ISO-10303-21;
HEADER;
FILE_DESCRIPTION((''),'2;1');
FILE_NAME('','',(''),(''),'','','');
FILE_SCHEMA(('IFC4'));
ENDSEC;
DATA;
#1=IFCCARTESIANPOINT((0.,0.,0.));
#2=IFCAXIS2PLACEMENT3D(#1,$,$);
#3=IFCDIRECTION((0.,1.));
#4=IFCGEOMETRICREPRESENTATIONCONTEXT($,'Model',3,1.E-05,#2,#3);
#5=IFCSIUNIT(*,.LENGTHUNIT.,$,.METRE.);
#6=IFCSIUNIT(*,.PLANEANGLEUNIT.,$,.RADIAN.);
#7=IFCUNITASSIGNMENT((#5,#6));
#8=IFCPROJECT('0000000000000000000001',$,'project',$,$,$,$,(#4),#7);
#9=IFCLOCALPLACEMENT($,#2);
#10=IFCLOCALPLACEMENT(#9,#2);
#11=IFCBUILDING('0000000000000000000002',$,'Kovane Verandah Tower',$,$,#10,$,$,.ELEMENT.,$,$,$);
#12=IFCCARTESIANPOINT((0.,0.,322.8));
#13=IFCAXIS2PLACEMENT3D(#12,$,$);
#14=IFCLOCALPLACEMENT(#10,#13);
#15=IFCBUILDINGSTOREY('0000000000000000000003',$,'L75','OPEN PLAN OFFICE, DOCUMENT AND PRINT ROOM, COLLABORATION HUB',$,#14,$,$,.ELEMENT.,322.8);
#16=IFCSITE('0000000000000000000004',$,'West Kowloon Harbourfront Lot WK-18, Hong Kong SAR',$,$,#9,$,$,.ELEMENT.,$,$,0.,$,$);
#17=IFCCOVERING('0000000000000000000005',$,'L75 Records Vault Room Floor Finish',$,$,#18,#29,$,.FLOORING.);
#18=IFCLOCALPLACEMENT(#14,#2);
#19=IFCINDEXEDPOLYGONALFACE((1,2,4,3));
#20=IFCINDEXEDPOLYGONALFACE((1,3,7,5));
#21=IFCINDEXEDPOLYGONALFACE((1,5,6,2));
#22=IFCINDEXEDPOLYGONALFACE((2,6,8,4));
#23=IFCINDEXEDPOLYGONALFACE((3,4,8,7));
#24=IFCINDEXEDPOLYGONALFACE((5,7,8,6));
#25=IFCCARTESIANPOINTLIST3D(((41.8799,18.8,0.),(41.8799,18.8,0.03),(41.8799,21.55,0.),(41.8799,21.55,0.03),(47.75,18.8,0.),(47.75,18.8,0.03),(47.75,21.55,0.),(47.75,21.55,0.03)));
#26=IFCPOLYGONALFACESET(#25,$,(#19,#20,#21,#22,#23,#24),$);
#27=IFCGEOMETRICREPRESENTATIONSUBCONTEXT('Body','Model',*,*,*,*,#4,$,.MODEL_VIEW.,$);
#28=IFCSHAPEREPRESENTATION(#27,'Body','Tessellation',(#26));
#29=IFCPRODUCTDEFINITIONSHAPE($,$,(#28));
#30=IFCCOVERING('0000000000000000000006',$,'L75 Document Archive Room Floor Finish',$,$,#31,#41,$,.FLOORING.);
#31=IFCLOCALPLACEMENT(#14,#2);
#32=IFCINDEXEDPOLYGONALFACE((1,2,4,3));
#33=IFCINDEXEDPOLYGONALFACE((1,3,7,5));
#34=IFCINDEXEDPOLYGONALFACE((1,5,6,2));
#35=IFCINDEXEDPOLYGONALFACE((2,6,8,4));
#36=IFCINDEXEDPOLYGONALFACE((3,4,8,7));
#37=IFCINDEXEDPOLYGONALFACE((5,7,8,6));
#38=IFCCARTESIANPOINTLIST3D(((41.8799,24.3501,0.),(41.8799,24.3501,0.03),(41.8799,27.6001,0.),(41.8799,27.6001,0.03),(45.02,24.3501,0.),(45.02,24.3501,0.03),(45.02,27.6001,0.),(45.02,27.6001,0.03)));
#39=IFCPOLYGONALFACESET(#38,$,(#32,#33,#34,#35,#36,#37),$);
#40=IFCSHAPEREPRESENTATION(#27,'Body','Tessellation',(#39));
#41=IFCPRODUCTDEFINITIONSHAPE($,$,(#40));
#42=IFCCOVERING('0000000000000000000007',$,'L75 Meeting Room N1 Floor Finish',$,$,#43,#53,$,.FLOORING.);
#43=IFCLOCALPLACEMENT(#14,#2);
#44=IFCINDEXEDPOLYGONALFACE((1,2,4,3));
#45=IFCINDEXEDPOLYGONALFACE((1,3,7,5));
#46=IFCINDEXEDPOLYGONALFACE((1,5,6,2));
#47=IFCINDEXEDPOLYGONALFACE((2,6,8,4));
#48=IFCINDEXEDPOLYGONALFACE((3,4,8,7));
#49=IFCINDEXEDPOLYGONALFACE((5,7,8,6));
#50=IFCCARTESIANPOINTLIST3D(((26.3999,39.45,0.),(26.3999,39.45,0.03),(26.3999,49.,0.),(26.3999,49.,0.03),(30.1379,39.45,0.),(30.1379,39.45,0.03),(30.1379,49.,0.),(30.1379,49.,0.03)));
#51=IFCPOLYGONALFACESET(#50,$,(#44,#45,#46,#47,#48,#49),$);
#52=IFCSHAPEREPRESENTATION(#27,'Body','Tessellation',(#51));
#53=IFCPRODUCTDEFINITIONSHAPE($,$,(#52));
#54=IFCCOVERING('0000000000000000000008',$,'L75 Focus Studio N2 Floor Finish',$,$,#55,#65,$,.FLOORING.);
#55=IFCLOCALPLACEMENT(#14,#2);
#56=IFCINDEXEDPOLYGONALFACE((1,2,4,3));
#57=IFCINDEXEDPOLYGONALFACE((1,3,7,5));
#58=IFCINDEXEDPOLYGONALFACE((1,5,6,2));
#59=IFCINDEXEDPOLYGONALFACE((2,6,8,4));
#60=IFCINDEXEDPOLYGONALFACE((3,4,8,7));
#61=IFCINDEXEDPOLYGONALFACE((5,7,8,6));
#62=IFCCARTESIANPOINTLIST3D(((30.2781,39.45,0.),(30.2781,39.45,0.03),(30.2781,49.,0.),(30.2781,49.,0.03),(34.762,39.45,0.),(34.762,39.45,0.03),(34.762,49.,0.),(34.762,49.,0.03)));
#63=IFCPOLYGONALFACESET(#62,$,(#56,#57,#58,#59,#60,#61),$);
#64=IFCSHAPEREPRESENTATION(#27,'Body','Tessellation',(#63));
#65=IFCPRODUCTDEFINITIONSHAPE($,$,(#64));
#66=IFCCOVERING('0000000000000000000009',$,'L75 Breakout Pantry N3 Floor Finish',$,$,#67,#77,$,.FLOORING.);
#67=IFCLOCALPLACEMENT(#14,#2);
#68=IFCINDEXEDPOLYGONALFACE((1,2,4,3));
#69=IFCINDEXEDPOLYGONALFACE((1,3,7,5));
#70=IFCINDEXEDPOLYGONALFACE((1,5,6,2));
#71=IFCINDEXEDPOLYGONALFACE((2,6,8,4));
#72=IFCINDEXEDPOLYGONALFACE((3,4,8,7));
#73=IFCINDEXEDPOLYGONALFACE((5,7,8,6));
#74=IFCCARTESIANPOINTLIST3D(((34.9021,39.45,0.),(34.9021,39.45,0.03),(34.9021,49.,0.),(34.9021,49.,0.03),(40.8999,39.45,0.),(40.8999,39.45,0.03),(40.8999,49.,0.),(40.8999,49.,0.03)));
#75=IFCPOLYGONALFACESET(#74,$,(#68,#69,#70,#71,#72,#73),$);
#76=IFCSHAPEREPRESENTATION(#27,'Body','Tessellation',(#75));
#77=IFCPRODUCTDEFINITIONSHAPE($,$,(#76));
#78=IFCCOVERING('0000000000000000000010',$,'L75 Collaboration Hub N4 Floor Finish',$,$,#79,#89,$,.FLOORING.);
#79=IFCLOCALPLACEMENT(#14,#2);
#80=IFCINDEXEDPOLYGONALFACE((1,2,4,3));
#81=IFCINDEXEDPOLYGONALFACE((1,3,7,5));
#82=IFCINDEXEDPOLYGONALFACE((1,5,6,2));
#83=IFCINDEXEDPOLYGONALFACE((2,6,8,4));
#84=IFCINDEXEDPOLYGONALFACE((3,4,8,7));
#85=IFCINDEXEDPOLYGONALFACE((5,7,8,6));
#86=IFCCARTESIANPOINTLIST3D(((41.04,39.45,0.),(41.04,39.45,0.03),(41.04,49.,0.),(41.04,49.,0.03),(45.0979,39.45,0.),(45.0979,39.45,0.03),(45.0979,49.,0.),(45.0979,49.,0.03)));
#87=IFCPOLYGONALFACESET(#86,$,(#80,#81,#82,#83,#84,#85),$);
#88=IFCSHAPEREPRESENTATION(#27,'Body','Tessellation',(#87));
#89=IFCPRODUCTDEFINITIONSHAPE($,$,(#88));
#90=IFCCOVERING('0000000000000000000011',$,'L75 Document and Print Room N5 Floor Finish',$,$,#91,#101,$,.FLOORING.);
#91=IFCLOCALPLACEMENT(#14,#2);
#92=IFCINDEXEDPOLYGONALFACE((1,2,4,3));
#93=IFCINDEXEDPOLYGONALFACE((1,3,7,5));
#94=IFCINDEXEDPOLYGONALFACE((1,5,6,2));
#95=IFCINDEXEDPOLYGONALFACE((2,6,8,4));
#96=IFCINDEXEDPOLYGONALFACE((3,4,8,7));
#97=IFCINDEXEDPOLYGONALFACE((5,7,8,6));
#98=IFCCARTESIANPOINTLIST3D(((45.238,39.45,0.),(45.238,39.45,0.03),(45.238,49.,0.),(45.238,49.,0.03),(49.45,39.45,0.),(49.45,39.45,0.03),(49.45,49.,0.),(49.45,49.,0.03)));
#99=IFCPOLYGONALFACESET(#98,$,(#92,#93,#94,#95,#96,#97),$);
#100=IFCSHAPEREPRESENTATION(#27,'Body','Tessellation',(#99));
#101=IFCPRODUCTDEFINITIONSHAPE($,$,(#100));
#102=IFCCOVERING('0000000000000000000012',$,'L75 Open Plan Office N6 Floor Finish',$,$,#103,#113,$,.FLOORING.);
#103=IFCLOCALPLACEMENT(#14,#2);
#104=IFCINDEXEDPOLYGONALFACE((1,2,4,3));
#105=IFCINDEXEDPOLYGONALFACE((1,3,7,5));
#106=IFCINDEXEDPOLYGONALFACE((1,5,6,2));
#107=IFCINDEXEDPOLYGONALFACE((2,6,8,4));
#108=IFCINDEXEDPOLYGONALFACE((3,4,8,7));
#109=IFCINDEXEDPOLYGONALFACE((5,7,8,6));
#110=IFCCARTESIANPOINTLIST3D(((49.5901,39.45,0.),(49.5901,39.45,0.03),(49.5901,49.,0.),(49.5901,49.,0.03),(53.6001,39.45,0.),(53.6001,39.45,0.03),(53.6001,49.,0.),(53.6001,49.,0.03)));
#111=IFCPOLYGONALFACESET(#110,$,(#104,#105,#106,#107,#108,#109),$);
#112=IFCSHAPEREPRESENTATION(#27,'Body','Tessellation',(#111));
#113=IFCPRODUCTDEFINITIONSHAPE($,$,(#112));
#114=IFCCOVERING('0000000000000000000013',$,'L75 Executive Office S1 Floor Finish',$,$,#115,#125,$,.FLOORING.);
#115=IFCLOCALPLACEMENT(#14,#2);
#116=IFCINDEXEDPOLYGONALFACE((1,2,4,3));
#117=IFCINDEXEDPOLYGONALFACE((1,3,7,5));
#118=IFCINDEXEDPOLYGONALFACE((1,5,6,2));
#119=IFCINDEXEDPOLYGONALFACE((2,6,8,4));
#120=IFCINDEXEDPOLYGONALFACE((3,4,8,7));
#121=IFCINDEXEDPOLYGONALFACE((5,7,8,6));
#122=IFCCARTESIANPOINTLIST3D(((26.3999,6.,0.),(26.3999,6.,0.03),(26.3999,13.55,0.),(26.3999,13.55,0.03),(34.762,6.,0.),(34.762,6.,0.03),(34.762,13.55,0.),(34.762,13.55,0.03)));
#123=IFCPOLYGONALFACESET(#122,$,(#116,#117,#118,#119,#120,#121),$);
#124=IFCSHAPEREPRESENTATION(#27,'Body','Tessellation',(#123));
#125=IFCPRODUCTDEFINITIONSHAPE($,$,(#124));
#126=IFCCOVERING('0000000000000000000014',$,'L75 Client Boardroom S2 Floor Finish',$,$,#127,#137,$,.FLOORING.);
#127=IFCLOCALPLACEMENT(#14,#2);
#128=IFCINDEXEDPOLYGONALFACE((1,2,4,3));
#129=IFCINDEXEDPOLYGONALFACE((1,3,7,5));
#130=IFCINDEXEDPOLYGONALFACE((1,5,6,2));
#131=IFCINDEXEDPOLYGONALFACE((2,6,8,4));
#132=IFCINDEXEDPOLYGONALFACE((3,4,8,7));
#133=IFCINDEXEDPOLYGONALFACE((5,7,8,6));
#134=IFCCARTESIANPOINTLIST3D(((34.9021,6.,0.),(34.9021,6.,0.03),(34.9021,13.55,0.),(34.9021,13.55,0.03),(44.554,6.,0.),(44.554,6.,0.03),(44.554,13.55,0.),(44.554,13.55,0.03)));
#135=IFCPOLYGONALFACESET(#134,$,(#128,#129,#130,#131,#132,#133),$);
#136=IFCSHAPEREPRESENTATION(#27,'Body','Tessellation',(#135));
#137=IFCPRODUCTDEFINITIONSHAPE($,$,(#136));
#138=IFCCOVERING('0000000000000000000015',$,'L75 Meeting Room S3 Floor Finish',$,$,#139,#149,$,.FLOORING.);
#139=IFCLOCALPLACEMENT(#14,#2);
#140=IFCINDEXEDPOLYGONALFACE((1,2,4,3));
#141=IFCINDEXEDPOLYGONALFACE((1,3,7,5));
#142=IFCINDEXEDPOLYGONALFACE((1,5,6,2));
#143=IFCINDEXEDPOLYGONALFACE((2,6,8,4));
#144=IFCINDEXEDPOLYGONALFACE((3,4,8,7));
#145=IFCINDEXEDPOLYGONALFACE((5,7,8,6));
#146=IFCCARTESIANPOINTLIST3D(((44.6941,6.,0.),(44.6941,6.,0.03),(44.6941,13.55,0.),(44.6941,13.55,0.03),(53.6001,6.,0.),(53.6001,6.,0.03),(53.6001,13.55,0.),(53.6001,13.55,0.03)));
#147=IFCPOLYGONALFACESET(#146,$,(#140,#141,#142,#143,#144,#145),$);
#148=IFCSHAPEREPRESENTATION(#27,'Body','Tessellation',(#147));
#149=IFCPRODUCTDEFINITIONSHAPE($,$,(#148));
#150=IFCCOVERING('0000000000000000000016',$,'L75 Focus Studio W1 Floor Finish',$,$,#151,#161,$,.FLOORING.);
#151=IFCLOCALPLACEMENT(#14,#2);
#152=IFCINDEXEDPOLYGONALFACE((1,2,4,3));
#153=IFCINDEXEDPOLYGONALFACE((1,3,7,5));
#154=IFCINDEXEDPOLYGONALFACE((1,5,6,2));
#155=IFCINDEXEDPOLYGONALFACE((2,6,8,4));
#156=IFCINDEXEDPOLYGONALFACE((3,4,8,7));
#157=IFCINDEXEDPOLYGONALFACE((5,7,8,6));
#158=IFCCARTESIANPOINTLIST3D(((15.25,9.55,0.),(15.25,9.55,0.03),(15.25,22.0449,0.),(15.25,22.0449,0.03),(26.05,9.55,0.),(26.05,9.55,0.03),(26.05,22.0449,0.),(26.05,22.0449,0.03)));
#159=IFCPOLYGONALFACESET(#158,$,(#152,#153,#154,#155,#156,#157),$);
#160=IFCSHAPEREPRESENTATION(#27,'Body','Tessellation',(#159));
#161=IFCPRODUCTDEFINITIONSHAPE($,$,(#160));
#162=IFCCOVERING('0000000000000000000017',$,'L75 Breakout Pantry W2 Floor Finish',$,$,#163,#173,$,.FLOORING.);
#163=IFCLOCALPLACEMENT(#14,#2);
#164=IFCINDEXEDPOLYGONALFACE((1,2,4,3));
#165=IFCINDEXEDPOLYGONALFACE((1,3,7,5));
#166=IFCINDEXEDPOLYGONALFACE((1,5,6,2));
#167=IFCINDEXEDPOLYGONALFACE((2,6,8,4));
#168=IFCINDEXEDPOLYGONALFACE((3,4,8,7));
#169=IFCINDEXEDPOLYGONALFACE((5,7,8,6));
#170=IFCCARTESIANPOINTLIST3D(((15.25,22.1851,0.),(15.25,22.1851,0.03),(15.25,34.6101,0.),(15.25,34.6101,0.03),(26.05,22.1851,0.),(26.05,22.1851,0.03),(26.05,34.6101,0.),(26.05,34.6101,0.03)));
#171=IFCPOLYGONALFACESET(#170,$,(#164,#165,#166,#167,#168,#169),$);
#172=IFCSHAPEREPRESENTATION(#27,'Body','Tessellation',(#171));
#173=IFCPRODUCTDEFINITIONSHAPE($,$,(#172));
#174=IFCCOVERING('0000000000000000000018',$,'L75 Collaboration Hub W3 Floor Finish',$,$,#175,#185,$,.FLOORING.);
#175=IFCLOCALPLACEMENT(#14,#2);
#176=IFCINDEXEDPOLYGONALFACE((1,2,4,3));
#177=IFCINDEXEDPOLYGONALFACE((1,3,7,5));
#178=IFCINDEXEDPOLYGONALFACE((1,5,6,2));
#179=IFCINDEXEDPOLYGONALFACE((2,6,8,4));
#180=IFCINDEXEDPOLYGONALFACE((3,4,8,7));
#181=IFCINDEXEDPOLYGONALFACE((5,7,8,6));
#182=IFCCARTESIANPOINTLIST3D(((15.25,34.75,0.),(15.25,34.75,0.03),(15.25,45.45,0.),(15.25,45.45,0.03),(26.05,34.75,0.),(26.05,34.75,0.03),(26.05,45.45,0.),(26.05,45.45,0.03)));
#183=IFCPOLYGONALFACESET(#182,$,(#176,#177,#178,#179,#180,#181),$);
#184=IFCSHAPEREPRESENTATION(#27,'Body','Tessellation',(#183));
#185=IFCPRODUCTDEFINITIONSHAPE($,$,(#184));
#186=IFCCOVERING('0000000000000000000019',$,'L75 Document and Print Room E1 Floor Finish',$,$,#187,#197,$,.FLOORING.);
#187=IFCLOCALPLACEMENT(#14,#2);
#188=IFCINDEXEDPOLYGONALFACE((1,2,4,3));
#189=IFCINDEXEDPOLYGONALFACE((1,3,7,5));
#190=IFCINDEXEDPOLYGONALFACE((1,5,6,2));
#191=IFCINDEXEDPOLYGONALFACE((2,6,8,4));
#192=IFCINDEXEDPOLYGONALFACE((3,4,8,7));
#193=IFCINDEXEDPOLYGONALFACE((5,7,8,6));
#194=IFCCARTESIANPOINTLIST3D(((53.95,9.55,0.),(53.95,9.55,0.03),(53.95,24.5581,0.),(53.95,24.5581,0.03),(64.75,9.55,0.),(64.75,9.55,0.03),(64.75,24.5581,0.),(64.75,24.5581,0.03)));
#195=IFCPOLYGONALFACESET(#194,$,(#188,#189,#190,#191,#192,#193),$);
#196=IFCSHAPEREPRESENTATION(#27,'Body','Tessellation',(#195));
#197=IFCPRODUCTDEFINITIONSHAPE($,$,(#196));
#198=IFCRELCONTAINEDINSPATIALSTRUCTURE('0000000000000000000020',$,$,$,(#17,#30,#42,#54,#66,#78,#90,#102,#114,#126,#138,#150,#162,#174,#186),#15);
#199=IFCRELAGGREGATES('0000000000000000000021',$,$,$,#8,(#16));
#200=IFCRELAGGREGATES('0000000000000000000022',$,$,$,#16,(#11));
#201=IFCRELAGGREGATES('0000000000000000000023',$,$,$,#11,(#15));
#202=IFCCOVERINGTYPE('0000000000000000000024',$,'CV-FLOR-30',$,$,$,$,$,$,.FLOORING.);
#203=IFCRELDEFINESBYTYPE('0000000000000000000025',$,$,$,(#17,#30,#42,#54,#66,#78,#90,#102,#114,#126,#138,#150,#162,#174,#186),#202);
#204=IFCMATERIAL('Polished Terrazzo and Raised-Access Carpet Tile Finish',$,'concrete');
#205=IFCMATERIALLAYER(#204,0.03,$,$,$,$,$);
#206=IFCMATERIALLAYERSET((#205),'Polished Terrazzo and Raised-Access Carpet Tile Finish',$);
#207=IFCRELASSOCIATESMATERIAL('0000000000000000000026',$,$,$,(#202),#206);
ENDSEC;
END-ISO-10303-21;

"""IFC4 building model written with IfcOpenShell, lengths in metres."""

from ifc_helpers import new_model, si_unit, direction, frame, origin, place, context, subcontext, project, spatial, polyline, outline, extrude, material, layer, layer_set, type_object, element, save


model = new_model("IFC4")

# Units and contexts
model_context = context("Model", 3, precision=1e-05, world=origin(), true_north=direction((0.0, 1.0)))
body_context = subcontext(model_context, "Body", "Model", "MODEL_VIEW")
ifc_project = project(units=[si_unit("LENGTHUNIT", "METRE"), si_unit("PLANEANGLEUNIT", "RADIAN")], contexts=[model_context])

# Site, building, storey
site_placement = place(None, origin())
site = spatial("IfcSite", under=ifc_project, at=site_placement, Name="West Kowloon Harbourfront Lot WK-18, Hong Kong SAR", CompositionType="ELEMENT", RefElevation=0.0)
building_placement = place(site_placement, origin())
building = spatial("IfcBuilding", under=site, at=building_placement, Name="Kovane Verandah Tower", CompositionType="ELEMENT")
storey_placement = place(building_placement, frame((0.0, 0.0, 322.8)))
storey = spatial("IfcBuildingStorey", under=building, at=storey_placement, Name="L75", Description="OPEN PLAN OFFICE, DOCUMENT AND PRINT ROOM, COLLABORATION HUB", CompositionType="ELEMENT", Elevation=322.8)

# Coverings
ifc_material_1 = material(Name="Polished Terrazzo and Raised-Access Carpet Tile Finish", Category="concrete")
ifc_layer_1 = layer(ifc_material_1, 0.03)
ifc_layer_set_1 = layer_set([ifc_layer_1], Name="Polished Terrazzo and Raised-Access Carpet Tile Finish")
covering_type_1 = type_object("IfcCoveringType", Name="CV-FLOR-30", PredefinedType="FLOORING", material=ifc_layer_set_1)
covering_1_placement = place(storey_placement, origin())
element("IfcCovering", 1, at=covering_1_placement, inside=storey, type_object=covering_type_1, Name="L75 Records Vault Room Floor Finish", PredefinedType="FLOORING", context=body_context, shape_type="SweptSolid", body=[
    extrude(outline(polyline([(41.8799, 18.8), (47.75, 18.8), (47.75, 21.55), (41.8799, 21.55), (41.8799, 18.8)])), origin(), (0.0, 0.0, 1.0), 0.03),
])
covering_2_placement = place(storey_placement, origin())
element("IfcCovering", 2, at=covering_2_placement, inside=storey, type_object=covering_type_1, Name="L75 Document Archive Room Floor Finish", PredefinedType="FLOORING", context=body_context, shape_type="SweptSolid", body=[
    extrude(outline(polyline([(41.8799, 24.3501), (45.02, 24.3501), (45.02, 27.6001), (41.8799, 27.6001), (41.8799, 24.3501)])), origin(), (0.0, 0.0, 1.0), 0.03),
])
covering_3_placement = place(storey_placement, origin())
element("IfcCovering", 3, at=covering_3_placement, inside=storey, type_object=covering_type_1, Name="L75 Meeting Room N1 Floor Finish", PredefinedType="FLOORING", context=body_context, shape_type="SweptSolid", body=[
    extrude(outline(polyline([(26.3999, 39.45), (30.1379, 39.45), (30.1379, 49.0), (26.3999, 49.0), (26.3999, 39.45)])), origin(), (0.0, 0.0, 1.0), 0.03),
])
covering_4_placement = place(storey_placement, origin())
element("IfcCovering", 4, at=covering_4_placement, inside=storey, type_object=covering_type_1, Name="L75 Focus Studio N2 Floor Finish", PredefinedType="FLOORING", context=body_context, shape_type="SweptSolid", body=[
    extrude(outline(polyline([(30.2781, 39.45), (34.762, 39.45), (34.762, 49.0), (30.2781, 49.0), (30.2781, 39.45)])), origin(), (0.0, 0.0, 1.0), 0.03),
])
covering_5_placement = place(storey_placement, origin())
element("IfcCovering", 5, at=covering_5_placement, inside=storey, type_object=covering_type_1, Name="L75 Breakout Pantry N3 Floor Finish", PredefinedType="FLOORING", context=body_context, shape_type="SweptSolid", body=[
    extrude(outline(polyline([(34.9021, 39.45), (40.8999, 39.45), (40.8999, 49.0), (34.9021, 49.0), (34.9021, 39.45)])), origin(), (0.0, 0.0, 1.0), 0.03),
])
covering_6_placement = place(storey_placement, origin())
element("IfcCovering", 6, at=covering_6_placement, inside=storey, type_object=covering_type_1, Name="L75 Collaboration Hub N4 Floor Finish", PredefinedType="FLOORING", context=body_context, shape_type="SweptSolid", body=[
    extrude(outline(polyline([(41.04, 39.45), (45.0979, 39.45), (45.0979, 49.0), (41.04, 49.0), (41.04, 39.45)])), origin(), (0.0, 0.0, 1.0), 0.03),
])
covering_7_placement = place(storey_placement, origin())
element("IfcCovering", 7, at=covering_7_placement, inside=storey, type_object=covering_type_1, Name="L75 Document and Print Room N5 Floor Finish", PredefinedType="FLOORING", context=body_context, shape_type="SweptSolid", body=[
    extrude(outline(polyline([(45.238, 39.45), (49.45, 39.45), (49.45, 49.0), (45.238, 49.0), (45.238, 39.45)])), origin(), (0.0, 0.0, 1.0), 0.03),
])
covering_8_placement = place(storey_placement, origin())
element("IfcCovering", 8, at=covering_8_placement, inside=storey, type_object=covering_type_1, Name="L75 Open Plan Office N6 Floor Finish", PredefinedType="FLOORING", context=body_context, shape_type="SweptSolid", body=[
    extrude(outline(polyline([(49.5901, 39.45), (53.6001, 39.45), (53.6001, 49.0), (49.5901, 49.0), (49.5901, 39.45)])), origin(), (0.0, 0.0, 1.0), 0.03),
])
covering_9_placement = place(storey_placement, origin())
element("IfcCovering", 9, at=covering_9_placement, inside=storey, type_object=covering_type_1, Name="L75 Executive Office S1 Floor Finish", PredefinedType="FLOORING", context=body_context, shape_type="SweptSolid", body=[
    extrude(outline(polyline([(26.3999, 6.0), (34.762, 6.0), (34.762, 13.55), (26.3999, 13.55), (26.3999, 6.0)])), origin(), (0.0, 0.0, 1.0), 0.03),
])
covering_10_placement = place(storey_placement, origin())
element("IfcCovering", 10, at=covering_10_placement, inside=storey, type_object=covering_type_1, Name="L75 Client Boardroom S2 Floor Finish", PredefinedType="FLOORING", context=body_context, shape_type="SweptSolid", body=[
    extrude(outline(polyline([(34.9021, 6.0), (44.554, 6.0), (44.554, 13.55), (34.9021, 13.55), (34.9021, 6.0)])), origin(), (0.0, 0.0, 1.0), 0.03),
])
covering_11_placement = place(storey_placement, origin())
element("IfcCovering", 11, at=covering_11_placement, inside=storey, type_object=covering_type_1, Name="L75 Meeting Room S3 Floor Finish", PredefinedType="FLOORING", context=body_context, shape_type="SweptSolid", body=[
    extrude(outline(polyline([(44.6941, 6.0), (53.6001, 6.0), (53.6001, 13.55), (44.6941, 13.55), (44.6941, 6.0)])), origin(), (0.0, 0.0, 1.0), 0.03),
])
covering_12_placement = place(storey_placement, origin())
element("IfcCovering", 12, at=covering_12_placement, inside=storey, type_object=covering_type_1, Name="L75 Focus Studio W1 Floor Finish", PredefinedType="FLOORING", context=body_context, shape_type="SweptSolid", body=[
    extrude(outline(polyline([(15.25, 9.55), (26.05, 9.55), (26.05, 22.0449), (15.25, 22.0449), (15.25, 9.55)])), origin(), (0.0, 0.0, 1.0), 0.03),
])
covering_13_placement = place(storey_placement, origin())
element("IfcCovering", 13, at=covering_13_placement, inside=storey, type_object=covering_type_1, Name="L75 Breakout Pantry W2 Floor Finish", PredefinedType="FLOORING", context=body_context, shape_type="SweptSolid", body=[
    extrude(outline(polyline([(15.25, 22.1851), (26.05, 22.1851), (26.05, 34.6101), (15.25, 34.6101), (15.25, 22.1851)])), origin(), (0.0, 0.0, 1.0), 0.03),
])
covering_14_placement = place(storey_placement, origin())
element("IfcCovering", 14, at=covering_14_placement, inside=storey, type_object=covering_type_1, Name="L75 Collaboration Hub W3 Floor Finish", PredefinedType="FLOORING", context=body_context, shape_type="SweptSolid", body=[
    extrude(outline(polyline([(15.25, 34.75), (26.05, 34.75), (26.05, 45.45), (15.25, 45.45), (15.25, 34.75)])), origin(), (0.0, 0.0, 1.0), 0.03),
])
covering_15_placement = place(storey_placement, origin())
element("IfcCovering", 15, at=covering_15_placement, inside=storey, type_object=covering_type_1, Name="L75 Document and Print Room E1 Floor Finish", PredefinedType="FLOORING", context=body_context, shape_type="SweptSolid", body=[
    extrude(outline(polyline([(53.95, 9.55), (64.75, 9.55), (64.75, 24.5581), (53.95, 24.5581), (53.95, 9.55)])), origin(), (0.0, 0.0, 1.0), 0.03),
])

save(model, "model.ifc")
